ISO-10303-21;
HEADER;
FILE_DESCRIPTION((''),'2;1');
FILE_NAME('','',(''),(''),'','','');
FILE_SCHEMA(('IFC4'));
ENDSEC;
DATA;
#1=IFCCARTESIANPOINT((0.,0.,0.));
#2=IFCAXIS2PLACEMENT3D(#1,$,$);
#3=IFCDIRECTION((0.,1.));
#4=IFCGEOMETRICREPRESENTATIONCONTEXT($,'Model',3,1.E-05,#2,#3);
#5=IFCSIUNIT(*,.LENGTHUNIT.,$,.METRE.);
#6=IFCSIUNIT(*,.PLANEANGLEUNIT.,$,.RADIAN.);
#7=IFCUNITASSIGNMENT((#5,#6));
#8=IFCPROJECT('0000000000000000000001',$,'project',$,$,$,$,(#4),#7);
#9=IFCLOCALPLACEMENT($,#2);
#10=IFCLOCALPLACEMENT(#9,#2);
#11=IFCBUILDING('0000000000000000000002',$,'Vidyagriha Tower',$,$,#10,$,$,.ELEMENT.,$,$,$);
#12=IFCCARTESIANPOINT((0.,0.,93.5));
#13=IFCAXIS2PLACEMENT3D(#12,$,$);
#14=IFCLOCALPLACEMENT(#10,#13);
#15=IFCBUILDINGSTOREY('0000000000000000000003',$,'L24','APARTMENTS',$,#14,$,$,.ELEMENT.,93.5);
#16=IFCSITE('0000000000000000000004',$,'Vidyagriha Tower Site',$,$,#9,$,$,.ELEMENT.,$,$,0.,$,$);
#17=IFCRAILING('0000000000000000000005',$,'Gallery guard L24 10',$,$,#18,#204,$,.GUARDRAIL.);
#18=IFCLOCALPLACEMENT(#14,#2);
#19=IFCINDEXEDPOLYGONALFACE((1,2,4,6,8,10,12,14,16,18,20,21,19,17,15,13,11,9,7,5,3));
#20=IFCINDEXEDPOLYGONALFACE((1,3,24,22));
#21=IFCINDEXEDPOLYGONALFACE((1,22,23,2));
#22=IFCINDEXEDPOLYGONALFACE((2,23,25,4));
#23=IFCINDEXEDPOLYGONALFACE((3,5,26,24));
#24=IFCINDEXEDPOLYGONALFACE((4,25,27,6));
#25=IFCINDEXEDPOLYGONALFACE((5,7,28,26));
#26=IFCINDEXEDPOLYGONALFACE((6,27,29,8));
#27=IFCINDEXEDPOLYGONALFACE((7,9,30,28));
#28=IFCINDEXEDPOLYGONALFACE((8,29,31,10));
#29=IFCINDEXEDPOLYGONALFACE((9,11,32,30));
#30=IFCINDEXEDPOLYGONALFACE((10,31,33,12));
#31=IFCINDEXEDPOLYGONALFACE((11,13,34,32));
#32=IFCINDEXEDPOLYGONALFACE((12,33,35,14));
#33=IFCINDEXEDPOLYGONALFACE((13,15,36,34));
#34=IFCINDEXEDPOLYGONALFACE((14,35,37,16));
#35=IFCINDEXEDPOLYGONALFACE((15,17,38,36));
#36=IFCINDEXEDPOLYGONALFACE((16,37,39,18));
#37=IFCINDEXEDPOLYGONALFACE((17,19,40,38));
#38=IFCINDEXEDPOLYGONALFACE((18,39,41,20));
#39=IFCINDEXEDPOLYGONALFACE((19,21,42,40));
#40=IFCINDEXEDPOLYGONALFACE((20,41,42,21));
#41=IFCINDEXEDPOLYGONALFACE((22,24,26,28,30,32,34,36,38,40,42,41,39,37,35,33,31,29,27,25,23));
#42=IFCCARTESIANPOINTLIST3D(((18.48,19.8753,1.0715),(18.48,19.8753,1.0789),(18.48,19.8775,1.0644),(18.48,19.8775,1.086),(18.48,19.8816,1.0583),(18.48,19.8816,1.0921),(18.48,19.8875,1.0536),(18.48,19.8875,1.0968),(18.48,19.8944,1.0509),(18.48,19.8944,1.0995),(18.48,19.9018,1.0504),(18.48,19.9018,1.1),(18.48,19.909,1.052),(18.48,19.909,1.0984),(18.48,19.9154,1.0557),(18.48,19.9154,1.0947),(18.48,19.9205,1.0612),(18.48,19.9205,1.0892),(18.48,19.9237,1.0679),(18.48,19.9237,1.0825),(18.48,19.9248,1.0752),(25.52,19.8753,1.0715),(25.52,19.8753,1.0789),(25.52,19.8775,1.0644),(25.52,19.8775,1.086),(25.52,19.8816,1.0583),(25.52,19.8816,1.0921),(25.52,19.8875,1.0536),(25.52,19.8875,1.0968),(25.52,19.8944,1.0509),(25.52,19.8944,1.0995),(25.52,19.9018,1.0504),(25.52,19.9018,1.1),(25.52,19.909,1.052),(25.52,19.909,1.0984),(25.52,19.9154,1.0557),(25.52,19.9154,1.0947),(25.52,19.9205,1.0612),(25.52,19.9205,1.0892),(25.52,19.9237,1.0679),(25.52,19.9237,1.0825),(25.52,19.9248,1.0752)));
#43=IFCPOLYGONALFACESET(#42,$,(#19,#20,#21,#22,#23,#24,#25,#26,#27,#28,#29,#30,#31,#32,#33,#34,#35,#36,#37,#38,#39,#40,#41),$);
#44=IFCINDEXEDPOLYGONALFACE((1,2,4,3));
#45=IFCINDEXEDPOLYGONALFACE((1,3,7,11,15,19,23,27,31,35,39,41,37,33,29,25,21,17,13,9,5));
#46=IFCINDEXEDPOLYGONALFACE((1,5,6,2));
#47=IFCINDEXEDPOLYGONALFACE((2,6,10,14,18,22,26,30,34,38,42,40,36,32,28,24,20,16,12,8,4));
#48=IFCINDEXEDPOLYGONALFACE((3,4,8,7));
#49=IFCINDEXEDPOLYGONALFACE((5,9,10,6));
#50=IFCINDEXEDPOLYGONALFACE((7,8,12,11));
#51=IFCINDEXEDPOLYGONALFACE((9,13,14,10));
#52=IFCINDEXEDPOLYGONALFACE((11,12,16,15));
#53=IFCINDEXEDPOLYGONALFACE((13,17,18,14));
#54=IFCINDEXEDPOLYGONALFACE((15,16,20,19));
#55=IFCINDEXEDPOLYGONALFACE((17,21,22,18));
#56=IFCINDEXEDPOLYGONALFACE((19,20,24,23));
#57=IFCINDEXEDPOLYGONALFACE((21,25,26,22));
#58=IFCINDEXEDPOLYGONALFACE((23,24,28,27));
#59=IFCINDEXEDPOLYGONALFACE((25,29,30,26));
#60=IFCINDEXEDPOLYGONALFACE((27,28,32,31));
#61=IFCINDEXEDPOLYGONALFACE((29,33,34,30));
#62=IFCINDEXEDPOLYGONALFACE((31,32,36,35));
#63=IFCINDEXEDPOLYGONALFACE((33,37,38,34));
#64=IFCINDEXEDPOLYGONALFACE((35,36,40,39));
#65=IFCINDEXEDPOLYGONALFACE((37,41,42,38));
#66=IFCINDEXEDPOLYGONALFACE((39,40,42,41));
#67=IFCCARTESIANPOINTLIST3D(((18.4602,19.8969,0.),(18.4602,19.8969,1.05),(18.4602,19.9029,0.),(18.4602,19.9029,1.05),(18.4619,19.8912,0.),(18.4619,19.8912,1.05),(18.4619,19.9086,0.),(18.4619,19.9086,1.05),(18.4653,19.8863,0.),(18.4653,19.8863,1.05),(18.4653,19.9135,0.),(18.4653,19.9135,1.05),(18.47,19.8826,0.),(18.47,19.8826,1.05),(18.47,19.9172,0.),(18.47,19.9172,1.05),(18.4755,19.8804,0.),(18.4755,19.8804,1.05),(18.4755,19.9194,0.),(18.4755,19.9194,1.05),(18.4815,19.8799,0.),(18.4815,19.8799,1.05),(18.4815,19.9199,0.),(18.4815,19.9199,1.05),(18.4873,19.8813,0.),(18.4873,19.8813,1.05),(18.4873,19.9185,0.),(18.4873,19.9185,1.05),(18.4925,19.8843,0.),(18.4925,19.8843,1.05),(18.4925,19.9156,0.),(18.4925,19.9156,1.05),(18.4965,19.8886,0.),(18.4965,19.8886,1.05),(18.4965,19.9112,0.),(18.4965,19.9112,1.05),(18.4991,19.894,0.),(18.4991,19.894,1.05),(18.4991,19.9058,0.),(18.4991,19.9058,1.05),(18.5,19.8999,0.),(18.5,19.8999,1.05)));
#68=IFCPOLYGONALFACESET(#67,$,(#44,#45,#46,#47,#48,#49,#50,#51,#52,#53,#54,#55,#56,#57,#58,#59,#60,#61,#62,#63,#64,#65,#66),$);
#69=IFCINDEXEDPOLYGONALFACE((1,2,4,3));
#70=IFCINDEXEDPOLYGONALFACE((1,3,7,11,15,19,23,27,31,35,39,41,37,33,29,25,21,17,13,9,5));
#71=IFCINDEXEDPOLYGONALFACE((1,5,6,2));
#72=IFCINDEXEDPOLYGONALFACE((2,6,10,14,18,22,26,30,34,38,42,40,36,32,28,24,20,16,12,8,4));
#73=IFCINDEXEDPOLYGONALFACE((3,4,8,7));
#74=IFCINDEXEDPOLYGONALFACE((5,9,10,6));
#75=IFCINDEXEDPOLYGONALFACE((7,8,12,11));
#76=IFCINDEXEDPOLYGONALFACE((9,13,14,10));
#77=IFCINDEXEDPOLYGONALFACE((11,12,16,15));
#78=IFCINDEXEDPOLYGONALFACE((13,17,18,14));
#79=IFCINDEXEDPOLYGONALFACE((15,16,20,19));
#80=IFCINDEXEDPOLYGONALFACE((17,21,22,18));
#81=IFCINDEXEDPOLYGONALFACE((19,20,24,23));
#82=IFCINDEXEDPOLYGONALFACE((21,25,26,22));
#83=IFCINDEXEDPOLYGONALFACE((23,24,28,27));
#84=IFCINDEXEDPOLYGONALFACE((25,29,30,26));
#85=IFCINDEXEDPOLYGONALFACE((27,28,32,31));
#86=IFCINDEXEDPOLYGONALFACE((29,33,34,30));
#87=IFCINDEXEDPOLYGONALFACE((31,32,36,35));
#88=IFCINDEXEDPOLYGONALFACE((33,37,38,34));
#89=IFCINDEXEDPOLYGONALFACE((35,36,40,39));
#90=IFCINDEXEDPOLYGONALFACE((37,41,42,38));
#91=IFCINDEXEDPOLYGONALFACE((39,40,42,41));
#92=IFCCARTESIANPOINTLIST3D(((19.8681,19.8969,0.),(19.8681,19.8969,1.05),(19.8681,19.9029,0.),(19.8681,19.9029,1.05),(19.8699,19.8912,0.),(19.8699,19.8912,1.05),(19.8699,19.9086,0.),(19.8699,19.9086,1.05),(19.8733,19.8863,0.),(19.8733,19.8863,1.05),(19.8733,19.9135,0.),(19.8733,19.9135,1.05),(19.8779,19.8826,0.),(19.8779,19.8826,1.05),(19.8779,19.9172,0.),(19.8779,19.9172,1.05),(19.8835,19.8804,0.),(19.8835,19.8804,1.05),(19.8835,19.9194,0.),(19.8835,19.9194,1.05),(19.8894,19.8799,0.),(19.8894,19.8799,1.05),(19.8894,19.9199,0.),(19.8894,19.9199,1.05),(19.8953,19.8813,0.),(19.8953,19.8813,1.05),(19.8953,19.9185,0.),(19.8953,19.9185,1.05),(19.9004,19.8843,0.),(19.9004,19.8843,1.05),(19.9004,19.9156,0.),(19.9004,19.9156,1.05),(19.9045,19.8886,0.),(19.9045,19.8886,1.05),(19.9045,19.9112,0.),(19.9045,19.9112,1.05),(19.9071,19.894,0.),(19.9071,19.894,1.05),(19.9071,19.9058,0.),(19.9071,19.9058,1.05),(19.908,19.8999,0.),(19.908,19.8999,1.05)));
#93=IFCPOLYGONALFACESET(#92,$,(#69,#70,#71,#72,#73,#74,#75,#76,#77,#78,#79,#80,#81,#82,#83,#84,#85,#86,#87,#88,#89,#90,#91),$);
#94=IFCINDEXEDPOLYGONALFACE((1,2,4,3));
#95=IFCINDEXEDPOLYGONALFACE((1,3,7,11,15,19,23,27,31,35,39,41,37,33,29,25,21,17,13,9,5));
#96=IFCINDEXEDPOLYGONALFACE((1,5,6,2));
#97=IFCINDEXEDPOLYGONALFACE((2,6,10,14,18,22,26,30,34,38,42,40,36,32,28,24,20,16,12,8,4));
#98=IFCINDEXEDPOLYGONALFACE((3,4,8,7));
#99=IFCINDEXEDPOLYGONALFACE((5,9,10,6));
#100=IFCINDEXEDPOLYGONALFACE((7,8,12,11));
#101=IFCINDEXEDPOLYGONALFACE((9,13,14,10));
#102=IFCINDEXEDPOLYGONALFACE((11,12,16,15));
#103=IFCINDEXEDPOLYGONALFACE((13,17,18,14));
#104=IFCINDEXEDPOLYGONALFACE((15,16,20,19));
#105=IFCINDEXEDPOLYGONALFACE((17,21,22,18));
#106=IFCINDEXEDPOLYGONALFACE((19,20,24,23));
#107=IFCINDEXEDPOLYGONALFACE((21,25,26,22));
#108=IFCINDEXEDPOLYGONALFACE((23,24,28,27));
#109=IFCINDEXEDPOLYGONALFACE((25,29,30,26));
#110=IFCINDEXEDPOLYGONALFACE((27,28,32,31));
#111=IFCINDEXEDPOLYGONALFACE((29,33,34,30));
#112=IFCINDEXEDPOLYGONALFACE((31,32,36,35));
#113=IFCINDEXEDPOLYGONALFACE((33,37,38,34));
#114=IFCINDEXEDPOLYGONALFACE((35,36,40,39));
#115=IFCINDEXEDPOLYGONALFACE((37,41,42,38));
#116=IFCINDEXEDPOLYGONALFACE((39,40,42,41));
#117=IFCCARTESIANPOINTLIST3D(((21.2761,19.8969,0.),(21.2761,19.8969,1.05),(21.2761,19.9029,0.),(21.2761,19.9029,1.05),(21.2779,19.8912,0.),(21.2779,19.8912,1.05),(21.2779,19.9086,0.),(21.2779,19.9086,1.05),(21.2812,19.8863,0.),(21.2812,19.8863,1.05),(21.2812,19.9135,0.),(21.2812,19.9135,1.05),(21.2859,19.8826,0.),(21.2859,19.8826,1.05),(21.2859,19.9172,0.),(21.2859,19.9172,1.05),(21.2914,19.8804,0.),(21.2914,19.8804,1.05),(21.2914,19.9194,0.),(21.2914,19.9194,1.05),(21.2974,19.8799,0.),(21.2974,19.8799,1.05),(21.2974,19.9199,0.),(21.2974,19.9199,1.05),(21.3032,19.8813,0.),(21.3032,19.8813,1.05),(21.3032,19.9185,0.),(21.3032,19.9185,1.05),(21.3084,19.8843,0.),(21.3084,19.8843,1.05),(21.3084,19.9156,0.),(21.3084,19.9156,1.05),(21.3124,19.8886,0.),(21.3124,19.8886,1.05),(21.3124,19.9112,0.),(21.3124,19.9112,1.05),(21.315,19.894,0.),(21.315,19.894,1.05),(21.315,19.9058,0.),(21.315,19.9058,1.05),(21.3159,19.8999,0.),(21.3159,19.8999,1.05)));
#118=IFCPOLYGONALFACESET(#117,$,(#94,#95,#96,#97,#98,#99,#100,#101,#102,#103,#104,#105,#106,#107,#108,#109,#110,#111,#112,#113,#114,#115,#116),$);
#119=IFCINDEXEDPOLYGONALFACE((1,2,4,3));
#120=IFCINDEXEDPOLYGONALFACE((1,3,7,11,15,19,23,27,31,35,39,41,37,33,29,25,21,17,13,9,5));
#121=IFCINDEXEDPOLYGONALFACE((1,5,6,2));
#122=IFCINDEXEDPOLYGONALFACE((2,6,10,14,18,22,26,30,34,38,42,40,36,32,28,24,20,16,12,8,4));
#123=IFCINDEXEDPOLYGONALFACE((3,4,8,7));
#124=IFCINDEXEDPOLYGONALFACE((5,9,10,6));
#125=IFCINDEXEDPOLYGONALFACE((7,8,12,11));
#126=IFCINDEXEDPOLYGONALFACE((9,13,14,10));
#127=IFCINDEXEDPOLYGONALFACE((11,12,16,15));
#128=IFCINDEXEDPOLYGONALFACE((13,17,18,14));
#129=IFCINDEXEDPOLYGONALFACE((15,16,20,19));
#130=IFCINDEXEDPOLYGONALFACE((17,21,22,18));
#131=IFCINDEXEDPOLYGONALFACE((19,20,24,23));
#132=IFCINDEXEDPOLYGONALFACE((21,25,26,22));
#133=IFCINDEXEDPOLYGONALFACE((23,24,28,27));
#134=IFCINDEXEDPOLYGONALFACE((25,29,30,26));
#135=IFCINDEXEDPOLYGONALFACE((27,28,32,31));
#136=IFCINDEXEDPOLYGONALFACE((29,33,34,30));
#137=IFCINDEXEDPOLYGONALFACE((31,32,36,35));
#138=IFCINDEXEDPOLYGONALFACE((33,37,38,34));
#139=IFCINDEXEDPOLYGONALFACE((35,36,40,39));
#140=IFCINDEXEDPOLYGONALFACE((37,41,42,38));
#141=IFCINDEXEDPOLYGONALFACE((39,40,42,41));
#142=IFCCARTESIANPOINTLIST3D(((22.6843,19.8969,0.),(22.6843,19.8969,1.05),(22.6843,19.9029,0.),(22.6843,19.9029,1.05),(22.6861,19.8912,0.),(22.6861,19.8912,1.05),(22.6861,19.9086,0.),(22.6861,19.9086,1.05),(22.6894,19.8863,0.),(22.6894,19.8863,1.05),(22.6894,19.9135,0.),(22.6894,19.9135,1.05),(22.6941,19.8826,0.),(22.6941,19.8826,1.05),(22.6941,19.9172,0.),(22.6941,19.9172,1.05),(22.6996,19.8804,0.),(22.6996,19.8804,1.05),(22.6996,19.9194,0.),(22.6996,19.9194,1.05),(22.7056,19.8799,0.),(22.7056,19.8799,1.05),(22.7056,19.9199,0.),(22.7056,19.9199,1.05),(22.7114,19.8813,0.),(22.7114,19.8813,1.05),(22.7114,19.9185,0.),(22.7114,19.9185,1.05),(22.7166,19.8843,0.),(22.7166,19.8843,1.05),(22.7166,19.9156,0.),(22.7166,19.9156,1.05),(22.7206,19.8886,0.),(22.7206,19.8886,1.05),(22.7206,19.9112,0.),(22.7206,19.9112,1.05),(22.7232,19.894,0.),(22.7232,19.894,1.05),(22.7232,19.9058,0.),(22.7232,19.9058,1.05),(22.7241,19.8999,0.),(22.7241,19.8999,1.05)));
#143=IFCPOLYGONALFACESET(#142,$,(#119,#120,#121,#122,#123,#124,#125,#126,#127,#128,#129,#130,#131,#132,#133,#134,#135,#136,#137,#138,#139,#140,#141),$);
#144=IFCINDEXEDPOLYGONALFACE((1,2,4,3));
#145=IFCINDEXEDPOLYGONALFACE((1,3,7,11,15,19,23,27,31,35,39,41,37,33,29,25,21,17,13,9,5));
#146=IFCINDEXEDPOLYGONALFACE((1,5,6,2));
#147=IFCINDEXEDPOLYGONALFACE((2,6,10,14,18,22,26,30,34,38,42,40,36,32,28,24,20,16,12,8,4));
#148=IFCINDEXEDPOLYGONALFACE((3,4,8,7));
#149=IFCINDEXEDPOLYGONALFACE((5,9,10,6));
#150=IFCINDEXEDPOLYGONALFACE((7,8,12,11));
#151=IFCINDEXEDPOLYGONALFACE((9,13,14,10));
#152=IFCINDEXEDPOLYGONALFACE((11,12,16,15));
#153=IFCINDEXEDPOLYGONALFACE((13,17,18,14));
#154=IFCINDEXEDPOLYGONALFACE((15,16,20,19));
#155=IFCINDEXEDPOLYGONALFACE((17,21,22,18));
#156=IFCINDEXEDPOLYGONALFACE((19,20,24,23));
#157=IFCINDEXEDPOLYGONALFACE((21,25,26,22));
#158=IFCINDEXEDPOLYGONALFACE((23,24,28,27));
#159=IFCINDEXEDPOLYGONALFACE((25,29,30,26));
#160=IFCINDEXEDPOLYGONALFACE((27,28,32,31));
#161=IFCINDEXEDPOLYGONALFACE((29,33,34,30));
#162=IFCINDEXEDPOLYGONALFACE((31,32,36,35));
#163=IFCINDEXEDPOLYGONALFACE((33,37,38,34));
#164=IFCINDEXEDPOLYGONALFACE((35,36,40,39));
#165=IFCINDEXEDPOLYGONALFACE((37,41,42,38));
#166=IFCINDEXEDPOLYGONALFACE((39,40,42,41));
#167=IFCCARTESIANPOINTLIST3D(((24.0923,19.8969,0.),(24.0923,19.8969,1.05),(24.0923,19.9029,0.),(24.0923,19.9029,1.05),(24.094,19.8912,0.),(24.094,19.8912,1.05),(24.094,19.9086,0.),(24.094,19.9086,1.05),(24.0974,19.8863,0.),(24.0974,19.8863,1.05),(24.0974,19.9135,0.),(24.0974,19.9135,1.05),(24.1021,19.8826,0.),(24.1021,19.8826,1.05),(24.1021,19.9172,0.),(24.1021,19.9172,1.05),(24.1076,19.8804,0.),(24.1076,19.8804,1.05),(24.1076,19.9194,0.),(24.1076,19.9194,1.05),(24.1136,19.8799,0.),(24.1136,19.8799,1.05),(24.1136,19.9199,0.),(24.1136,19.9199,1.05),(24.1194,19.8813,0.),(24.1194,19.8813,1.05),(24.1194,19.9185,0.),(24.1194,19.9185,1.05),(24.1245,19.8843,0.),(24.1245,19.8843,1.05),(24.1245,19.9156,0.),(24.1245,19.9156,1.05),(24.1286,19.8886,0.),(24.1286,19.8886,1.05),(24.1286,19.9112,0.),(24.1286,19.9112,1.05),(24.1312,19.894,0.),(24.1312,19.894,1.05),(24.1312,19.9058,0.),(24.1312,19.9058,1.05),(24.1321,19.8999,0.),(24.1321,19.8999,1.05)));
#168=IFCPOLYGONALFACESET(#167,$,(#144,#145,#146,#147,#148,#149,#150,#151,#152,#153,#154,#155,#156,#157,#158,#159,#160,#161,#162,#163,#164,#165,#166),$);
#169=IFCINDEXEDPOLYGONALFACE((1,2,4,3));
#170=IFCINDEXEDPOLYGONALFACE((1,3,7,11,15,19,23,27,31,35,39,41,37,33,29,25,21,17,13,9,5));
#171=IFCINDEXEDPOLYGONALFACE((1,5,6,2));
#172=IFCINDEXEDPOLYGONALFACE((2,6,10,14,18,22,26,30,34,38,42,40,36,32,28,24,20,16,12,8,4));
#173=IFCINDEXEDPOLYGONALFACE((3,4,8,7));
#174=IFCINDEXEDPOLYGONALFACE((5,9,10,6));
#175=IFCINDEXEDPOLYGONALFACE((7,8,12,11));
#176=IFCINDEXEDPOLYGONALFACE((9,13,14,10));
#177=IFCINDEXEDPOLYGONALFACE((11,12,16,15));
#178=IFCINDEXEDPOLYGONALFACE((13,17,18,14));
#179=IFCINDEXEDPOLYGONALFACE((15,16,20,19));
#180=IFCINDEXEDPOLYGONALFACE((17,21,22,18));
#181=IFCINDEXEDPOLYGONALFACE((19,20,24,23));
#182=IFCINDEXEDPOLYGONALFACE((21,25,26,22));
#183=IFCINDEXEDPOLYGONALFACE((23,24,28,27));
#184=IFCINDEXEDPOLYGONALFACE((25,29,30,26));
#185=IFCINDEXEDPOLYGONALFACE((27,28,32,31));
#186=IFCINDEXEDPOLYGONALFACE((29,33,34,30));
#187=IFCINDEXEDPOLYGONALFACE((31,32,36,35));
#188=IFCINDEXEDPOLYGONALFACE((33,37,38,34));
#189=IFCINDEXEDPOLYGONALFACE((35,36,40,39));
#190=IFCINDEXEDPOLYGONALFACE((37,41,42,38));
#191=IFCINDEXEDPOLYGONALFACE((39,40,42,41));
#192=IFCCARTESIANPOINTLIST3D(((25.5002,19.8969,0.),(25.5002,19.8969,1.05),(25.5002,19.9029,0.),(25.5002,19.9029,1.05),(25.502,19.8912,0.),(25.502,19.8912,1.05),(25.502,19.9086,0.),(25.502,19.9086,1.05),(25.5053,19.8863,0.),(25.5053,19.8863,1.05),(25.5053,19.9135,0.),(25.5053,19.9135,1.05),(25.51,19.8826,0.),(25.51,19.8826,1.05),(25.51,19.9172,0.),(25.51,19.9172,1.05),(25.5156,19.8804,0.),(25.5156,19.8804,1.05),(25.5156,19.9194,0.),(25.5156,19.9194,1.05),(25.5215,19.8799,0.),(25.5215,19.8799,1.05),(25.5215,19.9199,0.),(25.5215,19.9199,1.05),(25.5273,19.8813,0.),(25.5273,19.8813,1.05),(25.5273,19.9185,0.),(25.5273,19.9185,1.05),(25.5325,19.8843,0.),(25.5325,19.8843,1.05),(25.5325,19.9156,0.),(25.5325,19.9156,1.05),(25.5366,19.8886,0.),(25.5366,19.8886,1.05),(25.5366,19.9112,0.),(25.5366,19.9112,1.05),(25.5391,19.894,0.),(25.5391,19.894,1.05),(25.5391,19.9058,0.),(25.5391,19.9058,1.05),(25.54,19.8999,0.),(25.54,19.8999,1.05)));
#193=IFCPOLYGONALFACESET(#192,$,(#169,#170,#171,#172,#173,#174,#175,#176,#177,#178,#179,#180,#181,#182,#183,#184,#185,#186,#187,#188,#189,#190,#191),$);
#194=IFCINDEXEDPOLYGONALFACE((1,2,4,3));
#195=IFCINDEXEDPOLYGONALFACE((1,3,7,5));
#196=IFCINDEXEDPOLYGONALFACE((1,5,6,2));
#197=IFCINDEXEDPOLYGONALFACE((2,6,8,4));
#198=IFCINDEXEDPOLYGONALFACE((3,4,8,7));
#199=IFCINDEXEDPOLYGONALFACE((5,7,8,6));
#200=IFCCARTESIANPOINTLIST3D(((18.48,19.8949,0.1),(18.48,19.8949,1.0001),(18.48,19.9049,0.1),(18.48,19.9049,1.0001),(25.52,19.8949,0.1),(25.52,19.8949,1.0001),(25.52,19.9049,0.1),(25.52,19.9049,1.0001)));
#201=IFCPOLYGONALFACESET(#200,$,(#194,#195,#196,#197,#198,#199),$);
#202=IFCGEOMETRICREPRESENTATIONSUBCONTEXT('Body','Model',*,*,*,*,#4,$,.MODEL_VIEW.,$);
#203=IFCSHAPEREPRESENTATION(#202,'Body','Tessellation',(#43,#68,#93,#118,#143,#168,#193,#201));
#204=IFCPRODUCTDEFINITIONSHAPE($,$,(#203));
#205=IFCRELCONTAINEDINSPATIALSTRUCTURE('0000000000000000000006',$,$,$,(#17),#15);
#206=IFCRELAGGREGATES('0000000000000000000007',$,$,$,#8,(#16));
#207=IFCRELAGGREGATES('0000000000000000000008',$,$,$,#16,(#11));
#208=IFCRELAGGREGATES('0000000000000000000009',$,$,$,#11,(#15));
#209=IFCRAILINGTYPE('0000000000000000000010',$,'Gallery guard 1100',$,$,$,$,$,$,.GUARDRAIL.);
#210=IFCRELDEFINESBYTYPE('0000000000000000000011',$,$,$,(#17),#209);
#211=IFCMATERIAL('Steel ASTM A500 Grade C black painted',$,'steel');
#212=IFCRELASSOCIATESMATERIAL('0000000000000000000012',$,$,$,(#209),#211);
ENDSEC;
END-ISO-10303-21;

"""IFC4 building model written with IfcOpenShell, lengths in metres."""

from ifc_helpers import new_model, si_unit, direction, frame, origin, origin_2d, place, context, subcontext, project, spatial, rectangle, circle, extrude, material, type_object, element, save


model = new_model("IFC4")

# Units and contexts
model_context = context("Model", 3, precision=1e-05, world=origin(), true_north=direction((0.0, 1.0)))
body_context = subcontext(model_context, "Body", "Model", "MODEL_VIEW")
ifc_project = project(units=[si_unit("LENGTHUNIT", "METRE"), si_unit("PLANEANGLEUNIT", "RADIAN")], contexts=[model_context])

# Site, building, storey
site_placement = place(None, origin())
site = spatial("IfcSite", under=ifc_project, at=site_placement, Name="Vidyagriha Tower Site", CompositionType="ELEMENT", RefElevation=0.0)
building_placement = place(site_placement, origin())
building = spatial("IfcBuilding", under=site, at=building_placement, Name="Vidyagriha Tower", CompositionType="ELEMENT")
storey_placement = place(building_placement, frame((0.0, 0.0, 93.5)))
storey = spatial("IfcBuildingStorey", under=building, at=storey_placement, Name="L24", Description="APARTMENTS", CompositionType="ELEMENT", Elevation=93.5)

# Railing
ifc_material_1 = material(Name="Steel ASTM A500 Grade C black painted", Category="steel")
railing_type = type_object("IfcRailingType", Name="Gallery guard 1100", PredefinedType="GUARDRAIL", material=ifc_material_1)
railing_1_placement = place(storey_placement, frame((18.48, 19.8999, 0.0)))
element("IfcRailing", 1, at=railing_1_placement, inside=storey, type_object=railing_type, Name="Gallery guard L24 10", PredefinedType="GUARDRAIL", context=body_context, shape_type="SweptSolid", body=[
    extrude(circle(Radius=0.0249, at=origin_2d()), frame((0.0, 0.0, 1.0752), z_axis=(1.0, 0.0, 0.0), x_axis=(0.0, 1.0, 0.0)), (0.0, 0.0, 1.0), 7.04),
    extrude(circle(Radius=0.02, at=origin_2d()), origin(), (0.0, 0.0, 1.0), 1.05),
    extrude(circle(Radius=0.02, at=origin_2d()), frame((1.408, 0.0, 0.0)), (0.0, 0.0, 1.0), 1.05),
    extrude(circle(Radius=0.02, at=origin_2d()), frame((2.8159, 0.0, 0.0)), (0.0, 0.0, 1.0), 1.05),
    extrude(circle(Radius=0.02, at=origin_2d()), frame((4.2241, 0.0, 0.0)), (0.0, 0.0, 1.0), 1.05),
    extrude(circle(Radius=0.02, at=origin_2d()), frame((5.6321, 0.0, 0.0)), (0.0, 0.0, 1.0), 1.05),
    extrude(circle(Radius=0.02, at=origin_2d()), frame((7.04, 0.0, 0.0)), (0.0, 0.0, 1.0), 1.05),
    extrude(rectangle(XDim=0.01, YDim=0.9001, at=origin_2d()), frame((0.0, 0.0, 0.55), z_axis=(1.0, 0.0, 0.0), x_axis=(0.0, 1.0, 0.0)), (0.0, 0.0, 1.0), 7.04),
])

save(model, "model.ifc")
